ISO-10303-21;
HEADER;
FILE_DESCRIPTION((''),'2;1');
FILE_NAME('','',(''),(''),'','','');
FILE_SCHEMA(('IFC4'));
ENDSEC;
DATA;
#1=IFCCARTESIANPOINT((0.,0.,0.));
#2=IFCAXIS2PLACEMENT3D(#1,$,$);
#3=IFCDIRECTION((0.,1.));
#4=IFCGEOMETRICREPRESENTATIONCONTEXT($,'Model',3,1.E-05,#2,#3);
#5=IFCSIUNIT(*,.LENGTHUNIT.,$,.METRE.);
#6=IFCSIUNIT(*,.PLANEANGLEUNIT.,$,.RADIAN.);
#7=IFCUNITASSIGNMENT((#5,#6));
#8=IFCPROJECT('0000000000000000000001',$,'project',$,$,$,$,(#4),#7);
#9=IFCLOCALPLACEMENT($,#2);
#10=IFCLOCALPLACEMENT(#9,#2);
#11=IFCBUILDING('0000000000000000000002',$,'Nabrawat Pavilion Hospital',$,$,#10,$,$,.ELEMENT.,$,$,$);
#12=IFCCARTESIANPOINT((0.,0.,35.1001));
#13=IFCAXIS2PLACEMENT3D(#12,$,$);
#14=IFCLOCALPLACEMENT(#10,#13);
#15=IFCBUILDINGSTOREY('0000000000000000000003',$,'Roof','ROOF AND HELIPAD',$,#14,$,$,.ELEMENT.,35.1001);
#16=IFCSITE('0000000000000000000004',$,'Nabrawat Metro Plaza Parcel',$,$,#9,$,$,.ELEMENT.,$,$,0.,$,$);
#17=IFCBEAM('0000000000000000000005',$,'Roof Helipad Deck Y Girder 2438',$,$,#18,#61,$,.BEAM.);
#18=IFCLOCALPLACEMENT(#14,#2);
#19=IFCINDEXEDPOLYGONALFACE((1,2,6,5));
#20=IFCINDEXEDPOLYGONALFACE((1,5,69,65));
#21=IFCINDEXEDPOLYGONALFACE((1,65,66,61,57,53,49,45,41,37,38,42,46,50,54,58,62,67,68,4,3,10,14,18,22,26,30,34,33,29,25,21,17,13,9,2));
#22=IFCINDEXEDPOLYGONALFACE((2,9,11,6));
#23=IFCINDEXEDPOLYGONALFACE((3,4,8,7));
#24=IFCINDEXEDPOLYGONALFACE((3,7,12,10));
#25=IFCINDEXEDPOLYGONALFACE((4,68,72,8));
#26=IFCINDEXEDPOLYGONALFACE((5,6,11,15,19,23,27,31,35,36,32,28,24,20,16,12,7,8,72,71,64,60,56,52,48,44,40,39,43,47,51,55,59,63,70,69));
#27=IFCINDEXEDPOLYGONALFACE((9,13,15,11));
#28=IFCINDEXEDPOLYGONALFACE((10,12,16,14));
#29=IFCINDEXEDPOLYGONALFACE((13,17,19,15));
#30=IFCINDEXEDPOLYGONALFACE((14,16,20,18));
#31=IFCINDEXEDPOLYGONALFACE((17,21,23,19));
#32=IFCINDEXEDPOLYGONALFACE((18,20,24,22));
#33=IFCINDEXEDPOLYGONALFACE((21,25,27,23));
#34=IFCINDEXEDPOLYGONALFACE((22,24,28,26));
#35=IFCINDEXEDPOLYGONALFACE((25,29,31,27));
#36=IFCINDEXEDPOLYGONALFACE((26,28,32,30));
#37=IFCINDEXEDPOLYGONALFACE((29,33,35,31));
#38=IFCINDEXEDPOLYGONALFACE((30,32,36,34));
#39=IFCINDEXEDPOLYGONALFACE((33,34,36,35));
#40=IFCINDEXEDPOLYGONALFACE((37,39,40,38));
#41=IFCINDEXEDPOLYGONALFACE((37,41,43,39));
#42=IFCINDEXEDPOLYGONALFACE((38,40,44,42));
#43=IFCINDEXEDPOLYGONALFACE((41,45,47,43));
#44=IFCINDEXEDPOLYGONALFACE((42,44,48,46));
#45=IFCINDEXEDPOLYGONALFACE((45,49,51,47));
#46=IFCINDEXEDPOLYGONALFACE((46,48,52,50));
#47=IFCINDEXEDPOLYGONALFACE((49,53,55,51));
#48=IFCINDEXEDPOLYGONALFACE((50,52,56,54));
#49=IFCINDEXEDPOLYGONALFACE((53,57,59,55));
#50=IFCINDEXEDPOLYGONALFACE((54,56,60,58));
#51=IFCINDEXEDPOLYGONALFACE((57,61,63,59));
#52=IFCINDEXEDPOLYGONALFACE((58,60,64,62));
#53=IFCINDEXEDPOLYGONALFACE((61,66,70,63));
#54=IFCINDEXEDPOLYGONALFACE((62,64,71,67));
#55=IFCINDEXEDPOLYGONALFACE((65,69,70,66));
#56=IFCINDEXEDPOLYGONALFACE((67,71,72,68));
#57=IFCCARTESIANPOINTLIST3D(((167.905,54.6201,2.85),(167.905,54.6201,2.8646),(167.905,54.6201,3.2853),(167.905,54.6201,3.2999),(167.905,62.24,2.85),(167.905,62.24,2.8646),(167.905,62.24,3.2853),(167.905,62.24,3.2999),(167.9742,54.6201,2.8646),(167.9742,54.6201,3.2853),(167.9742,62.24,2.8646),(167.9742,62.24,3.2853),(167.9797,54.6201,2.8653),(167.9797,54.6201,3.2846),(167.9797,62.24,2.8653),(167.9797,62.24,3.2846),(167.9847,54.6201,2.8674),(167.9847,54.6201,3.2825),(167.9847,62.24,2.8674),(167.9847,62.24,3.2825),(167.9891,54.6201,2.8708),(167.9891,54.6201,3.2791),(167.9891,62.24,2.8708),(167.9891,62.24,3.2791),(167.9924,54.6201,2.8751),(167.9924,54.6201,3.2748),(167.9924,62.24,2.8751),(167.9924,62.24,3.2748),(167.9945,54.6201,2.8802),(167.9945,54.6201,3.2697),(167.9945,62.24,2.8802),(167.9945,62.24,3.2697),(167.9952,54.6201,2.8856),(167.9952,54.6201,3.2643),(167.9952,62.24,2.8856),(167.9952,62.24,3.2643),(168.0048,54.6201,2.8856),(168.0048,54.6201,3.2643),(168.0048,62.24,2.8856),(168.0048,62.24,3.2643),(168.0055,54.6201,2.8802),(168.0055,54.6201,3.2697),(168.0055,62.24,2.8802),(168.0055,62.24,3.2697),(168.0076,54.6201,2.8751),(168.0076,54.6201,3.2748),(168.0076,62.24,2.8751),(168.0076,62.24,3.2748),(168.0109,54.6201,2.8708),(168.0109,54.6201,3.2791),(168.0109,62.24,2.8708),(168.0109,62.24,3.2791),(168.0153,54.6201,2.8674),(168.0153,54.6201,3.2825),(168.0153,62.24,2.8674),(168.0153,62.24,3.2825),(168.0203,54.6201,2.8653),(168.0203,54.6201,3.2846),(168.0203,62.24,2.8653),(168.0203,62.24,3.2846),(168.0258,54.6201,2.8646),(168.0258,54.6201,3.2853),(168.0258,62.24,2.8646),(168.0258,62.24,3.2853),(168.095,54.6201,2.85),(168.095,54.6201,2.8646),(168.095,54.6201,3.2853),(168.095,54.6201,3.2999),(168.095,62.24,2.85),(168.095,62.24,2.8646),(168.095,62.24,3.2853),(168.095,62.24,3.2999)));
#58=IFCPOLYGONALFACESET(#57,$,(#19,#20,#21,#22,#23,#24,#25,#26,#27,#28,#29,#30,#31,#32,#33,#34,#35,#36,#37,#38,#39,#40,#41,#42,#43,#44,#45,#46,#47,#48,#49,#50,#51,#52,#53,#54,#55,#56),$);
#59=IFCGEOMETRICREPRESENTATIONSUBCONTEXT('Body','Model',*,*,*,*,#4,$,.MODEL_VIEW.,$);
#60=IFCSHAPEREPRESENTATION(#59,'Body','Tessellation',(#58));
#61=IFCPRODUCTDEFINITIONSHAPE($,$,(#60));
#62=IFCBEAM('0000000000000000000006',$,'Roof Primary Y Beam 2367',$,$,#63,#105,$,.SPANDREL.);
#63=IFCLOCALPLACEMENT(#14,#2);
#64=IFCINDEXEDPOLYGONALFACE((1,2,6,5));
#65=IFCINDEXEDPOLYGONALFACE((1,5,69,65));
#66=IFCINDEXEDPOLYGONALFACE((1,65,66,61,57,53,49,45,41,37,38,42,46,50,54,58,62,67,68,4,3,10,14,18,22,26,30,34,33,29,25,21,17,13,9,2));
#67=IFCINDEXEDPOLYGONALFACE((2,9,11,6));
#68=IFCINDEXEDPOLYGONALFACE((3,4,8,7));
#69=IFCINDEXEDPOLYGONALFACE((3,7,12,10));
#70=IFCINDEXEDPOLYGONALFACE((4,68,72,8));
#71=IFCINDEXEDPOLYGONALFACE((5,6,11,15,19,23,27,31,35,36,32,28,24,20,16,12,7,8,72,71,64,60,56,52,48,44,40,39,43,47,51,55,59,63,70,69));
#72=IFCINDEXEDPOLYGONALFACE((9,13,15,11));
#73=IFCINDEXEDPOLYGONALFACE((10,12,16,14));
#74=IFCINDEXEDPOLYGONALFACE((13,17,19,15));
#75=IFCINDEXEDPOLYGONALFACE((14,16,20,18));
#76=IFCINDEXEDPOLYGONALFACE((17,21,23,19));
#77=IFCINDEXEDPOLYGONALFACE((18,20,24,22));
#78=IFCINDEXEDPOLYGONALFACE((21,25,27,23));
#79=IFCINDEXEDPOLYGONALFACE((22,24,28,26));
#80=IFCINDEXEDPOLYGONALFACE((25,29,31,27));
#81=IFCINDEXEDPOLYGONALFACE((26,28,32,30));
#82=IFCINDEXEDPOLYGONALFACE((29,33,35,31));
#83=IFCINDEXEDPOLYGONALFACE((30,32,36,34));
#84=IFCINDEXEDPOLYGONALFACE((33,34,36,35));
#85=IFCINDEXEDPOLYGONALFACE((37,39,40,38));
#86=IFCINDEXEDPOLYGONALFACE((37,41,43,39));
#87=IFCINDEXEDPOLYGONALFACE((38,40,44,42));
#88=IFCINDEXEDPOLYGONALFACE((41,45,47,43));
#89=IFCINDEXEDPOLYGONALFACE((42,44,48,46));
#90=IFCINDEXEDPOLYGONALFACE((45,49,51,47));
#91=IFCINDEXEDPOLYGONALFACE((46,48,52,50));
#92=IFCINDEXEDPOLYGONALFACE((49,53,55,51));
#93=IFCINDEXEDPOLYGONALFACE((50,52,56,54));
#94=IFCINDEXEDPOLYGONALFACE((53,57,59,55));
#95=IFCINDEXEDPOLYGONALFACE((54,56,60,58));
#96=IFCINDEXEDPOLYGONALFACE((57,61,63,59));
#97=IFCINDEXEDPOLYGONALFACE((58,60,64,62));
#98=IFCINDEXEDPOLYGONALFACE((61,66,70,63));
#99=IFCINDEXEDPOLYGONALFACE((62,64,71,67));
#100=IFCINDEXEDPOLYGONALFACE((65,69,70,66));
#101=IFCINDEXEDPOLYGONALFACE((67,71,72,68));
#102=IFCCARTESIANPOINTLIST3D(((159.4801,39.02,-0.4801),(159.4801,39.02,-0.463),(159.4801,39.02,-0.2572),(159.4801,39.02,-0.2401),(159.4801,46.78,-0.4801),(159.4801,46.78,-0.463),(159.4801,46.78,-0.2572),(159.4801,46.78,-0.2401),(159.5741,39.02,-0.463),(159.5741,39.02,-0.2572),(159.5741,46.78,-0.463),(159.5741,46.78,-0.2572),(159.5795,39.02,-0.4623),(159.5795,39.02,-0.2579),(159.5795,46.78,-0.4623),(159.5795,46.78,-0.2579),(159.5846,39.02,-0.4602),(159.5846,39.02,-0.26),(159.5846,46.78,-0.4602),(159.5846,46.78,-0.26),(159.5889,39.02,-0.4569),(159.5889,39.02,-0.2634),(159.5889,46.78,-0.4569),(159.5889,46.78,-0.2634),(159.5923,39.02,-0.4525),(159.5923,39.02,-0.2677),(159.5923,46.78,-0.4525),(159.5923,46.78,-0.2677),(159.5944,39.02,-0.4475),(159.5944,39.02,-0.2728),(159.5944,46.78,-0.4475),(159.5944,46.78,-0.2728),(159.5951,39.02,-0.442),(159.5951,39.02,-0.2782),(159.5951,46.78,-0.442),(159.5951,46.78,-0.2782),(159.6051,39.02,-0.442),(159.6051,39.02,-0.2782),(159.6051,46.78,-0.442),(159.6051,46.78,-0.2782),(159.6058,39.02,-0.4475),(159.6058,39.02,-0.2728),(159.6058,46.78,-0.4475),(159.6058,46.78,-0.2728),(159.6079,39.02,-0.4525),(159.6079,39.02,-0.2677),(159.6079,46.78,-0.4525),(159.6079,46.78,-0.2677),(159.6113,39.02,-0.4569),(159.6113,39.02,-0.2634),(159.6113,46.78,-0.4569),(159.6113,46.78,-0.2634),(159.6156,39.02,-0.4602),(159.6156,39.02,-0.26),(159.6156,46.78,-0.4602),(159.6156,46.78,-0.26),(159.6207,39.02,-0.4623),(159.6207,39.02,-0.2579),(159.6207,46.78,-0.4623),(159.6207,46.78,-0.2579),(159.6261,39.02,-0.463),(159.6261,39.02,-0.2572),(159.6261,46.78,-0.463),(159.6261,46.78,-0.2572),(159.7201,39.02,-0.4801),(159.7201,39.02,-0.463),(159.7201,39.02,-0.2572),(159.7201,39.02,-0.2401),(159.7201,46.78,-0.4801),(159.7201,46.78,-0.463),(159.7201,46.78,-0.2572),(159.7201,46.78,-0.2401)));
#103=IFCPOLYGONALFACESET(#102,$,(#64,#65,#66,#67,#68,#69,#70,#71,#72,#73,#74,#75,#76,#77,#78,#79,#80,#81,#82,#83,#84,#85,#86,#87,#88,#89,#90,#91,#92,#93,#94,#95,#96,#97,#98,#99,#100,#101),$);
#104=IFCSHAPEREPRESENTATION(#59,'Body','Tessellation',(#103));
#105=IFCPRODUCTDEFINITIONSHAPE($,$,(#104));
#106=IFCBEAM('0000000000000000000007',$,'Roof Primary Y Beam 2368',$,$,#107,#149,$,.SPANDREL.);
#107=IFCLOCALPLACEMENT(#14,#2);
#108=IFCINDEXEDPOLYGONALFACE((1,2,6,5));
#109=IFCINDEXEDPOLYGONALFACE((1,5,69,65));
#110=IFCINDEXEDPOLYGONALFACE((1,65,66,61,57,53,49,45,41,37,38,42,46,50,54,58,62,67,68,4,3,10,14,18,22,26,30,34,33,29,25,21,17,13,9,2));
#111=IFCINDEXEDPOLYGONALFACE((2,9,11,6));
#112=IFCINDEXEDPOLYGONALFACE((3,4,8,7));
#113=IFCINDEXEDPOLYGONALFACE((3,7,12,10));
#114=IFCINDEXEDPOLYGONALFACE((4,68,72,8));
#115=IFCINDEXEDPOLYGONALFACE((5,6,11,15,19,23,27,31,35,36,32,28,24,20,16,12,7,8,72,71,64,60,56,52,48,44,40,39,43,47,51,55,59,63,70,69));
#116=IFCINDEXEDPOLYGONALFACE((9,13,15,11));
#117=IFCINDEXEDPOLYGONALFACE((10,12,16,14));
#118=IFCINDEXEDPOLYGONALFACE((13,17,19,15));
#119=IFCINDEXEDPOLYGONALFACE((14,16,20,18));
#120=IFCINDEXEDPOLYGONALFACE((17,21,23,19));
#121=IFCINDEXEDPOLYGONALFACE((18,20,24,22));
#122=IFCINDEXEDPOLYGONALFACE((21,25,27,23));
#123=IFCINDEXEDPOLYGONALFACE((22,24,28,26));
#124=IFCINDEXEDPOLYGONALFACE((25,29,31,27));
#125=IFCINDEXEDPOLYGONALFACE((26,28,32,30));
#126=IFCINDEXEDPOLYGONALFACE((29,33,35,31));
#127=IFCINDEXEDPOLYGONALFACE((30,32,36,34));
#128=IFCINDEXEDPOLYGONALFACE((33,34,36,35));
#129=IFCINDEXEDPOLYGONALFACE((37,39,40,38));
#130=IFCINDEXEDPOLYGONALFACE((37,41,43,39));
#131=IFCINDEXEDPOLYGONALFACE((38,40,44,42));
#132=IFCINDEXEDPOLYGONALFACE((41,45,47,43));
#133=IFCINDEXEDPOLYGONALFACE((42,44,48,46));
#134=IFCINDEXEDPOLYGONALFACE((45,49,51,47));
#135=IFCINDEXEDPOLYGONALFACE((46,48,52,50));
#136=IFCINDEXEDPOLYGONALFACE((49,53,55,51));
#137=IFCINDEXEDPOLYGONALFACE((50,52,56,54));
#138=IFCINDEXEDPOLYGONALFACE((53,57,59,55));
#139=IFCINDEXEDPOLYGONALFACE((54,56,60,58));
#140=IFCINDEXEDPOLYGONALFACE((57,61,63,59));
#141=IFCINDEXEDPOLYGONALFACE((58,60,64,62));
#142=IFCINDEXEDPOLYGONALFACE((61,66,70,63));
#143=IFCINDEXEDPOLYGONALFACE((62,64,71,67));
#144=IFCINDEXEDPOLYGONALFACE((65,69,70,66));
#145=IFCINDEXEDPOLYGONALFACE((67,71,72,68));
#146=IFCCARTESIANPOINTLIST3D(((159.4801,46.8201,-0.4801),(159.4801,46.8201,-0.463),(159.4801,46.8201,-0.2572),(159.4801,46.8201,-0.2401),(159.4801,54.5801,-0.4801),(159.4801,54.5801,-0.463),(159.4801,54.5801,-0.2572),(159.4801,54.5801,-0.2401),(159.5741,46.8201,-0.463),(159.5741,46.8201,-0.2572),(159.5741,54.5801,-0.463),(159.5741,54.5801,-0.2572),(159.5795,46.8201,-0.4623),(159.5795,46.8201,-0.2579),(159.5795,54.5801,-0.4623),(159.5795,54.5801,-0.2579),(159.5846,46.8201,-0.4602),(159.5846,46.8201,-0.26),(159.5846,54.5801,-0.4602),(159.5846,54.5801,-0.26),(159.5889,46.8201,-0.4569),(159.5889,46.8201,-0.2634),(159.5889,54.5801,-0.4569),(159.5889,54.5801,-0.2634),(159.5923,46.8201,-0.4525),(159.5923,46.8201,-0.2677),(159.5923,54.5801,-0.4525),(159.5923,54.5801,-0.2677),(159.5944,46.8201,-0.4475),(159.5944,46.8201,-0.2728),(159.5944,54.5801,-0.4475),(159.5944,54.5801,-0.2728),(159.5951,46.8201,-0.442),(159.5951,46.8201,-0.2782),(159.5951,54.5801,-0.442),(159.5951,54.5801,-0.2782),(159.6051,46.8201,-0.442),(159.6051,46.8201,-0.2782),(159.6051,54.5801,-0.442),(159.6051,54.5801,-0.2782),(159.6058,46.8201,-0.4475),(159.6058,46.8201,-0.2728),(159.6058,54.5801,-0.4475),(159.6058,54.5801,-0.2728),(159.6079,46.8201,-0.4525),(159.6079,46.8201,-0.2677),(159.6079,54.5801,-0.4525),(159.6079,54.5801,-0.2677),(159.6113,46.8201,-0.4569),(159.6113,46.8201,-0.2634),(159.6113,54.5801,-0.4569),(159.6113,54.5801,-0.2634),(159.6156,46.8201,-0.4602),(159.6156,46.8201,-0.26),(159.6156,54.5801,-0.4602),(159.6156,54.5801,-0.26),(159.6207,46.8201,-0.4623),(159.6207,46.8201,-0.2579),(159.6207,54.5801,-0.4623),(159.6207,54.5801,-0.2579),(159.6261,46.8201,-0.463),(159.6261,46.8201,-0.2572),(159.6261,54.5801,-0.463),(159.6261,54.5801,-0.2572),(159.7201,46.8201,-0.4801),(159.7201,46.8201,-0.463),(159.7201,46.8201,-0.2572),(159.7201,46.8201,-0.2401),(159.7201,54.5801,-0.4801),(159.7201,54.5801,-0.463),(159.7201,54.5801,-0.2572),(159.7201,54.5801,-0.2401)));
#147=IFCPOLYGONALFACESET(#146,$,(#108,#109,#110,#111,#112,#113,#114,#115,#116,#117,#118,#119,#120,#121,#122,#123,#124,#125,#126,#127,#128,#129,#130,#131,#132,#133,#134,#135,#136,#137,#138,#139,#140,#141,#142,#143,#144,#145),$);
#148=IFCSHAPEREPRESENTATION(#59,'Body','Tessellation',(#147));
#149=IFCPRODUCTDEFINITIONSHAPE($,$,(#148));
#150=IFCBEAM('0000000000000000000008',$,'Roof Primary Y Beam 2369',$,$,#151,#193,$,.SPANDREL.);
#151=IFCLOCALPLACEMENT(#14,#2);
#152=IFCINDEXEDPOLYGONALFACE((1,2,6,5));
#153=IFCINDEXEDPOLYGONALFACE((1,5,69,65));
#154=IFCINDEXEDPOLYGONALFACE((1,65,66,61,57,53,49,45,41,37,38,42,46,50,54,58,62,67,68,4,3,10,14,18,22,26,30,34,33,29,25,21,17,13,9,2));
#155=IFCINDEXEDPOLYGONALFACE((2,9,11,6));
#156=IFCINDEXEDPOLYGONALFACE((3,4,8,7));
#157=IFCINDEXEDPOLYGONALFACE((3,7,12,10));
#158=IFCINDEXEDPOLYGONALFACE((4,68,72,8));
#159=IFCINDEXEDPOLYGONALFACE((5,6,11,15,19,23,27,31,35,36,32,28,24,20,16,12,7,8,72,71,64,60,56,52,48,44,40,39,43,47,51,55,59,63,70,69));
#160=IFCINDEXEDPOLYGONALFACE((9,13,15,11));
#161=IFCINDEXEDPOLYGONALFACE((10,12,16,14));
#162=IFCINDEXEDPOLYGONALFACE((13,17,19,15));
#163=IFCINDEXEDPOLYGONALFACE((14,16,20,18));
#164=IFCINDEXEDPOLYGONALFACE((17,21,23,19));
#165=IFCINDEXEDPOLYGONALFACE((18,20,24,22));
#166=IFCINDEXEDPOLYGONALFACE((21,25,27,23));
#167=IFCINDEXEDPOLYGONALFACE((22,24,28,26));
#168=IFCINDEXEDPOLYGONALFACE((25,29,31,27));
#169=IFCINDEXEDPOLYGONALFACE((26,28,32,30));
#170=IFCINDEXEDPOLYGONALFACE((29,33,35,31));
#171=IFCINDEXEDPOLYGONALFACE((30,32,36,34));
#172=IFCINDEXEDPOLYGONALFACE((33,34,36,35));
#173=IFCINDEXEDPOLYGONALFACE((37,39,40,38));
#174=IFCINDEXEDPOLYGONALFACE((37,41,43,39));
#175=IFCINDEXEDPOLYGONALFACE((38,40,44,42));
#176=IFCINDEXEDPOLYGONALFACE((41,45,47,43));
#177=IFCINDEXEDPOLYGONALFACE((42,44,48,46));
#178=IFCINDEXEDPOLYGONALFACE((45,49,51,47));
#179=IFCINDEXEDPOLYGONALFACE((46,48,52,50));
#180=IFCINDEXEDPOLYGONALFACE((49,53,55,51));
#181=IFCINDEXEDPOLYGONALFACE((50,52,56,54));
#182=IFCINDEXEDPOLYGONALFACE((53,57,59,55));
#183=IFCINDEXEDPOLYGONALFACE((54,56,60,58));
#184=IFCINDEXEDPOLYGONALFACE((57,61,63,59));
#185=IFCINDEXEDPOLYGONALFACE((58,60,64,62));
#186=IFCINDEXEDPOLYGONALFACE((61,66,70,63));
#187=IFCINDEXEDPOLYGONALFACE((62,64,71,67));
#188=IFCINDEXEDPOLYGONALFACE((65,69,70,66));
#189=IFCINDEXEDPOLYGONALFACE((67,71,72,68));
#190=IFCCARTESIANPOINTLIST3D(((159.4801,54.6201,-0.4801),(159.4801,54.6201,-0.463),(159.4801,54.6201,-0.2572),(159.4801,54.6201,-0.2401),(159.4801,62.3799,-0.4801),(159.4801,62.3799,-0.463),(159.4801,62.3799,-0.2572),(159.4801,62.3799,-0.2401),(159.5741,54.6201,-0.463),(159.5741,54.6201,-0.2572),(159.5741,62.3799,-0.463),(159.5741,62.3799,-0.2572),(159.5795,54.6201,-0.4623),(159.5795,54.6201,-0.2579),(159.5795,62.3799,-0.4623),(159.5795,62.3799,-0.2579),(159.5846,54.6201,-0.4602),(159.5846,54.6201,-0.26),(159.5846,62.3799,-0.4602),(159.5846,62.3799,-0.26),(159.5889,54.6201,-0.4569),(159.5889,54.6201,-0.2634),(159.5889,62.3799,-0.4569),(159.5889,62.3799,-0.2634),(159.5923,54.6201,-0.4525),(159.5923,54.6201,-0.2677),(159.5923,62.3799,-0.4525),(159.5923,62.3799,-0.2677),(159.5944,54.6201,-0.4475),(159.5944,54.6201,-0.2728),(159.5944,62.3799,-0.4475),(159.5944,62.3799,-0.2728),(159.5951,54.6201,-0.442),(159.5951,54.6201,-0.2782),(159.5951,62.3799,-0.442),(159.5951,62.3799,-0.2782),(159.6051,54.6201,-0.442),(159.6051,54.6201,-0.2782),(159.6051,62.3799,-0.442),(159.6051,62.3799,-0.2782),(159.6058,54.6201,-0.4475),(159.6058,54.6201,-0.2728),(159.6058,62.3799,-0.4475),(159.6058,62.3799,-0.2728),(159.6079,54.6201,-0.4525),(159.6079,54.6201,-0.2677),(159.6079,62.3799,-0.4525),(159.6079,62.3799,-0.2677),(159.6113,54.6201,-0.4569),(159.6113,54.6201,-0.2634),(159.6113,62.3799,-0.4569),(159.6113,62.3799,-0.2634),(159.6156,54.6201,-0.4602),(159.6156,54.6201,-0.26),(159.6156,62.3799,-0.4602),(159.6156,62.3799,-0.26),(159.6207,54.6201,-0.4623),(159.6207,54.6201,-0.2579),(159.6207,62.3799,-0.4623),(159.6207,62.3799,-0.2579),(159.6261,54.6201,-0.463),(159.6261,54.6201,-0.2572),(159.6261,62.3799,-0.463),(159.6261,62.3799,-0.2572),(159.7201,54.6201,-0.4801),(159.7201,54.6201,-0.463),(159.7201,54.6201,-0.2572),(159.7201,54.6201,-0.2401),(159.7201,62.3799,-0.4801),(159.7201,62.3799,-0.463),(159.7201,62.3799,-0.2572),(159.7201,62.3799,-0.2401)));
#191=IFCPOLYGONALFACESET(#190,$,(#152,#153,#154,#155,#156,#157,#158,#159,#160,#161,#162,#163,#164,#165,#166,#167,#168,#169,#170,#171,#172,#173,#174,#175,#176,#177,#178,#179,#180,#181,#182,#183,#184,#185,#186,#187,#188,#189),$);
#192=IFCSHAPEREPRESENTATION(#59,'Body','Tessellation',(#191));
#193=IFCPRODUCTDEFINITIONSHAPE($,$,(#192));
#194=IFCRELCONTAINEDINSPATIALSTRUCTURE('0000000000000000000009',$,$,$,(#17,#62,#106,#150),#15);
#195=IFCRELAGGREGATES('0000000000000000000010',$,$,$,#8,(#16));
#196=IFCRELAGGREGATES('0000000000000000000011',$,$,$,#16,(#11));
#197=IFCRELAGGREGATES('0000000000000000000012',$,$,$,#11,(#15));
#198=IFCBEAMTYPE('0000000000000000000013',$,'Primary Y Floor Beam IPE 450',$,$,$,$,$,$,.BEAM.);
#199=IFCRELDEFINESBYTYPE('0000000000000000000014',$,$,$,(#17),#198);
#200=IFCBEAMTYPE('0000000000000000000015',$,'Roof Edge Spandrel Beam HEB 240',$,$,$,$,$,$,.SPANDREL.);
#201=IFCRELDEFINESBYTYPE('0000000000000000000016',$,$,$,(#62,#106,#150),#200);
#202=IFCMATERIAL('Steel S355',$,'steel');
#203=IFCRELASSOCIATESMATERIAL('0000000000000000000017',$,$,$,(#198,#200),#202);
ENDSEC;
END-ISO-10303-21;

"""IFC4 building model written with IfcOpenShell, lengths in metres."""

from ifc_helpers import new_model, si_unit, direction, frame, origin, origin_2d, place, context, subcontext, project, spatial, i_section, extrude, material, material_profile, profile_set, type_object, element, save


model = new_model("IFC4")

# Units and contexts
model_context = context("Model", 3, precision=1e-05, world=origin(), true_north=direction((0.0, 1.0)))
body_context = subcontext(model_context, "Body", "Model", "MODEL_VIEW")
ifc_project = project(units=[si_unit("LENGTHUNIT", "METRE"), si_unit("PLANEANGLEUNIT", "RADIAN")], contexts=[model_context])

# Site, building, storey
site_placement = place(None, origin())
site = spatial("IfcSite", under=ifc_project, at=site_placement, Name="Nabrawat Metro Plaza Parcel", CompositionType="ELEMENT", RefElevation=0.0)
building_placement = place(site_placement, origin())
building = spatial("IfcBuilding", under=site, at=building_placement, Name="Nabrawat Pavilion Hospital", CompositionType="ELEMENT")
storey_placement = place(building_placement, frame((0.0, 0.0, 35.1001)))
storey = spatial("IfcBuildingStorey", under=building, at=storey_placement, Name="Roof", Description="ROOF AND HELIPAD", CompositionType="ELEMENT", Elevation=35.1001)

# Shared definitions
ifc_material_1 = material(Name="Steel S355", Category="steel")

# Beams
ifc_material_profile_1 = material_profile(ifc_material_1, i_section(OverallWidth=0.1899, OverallDepth=0.45, WebThickness=0.0095, FlangeThickness=0.0146, FilletRadius=0.021, at=origin_2d()), Name="IPE 450")
ifc_profile_set_1 = profile_set([ifc_material_profile_1], Name="Steel S355")
beam_type_1 = type_object("IfcBeamType", Name="Primary Y Floor Beam IPE 450", PredefinedType="BEAM", material=ifc_profile_set_1)
beam_1_placement = place(storey_placement, frame((168.0, 54.6201, 3.075), z_axis=(0.0, 1.0, 0.0), x_axis=(-1.0, 0.0, 0.0)))
element("IfcBeam", 1, at=beam_1_placement, inside=storey, type_object=beam_type_1, Name="Roof Helipad Deck Y Girder 2438", PredefinedType="BEAM", context=body_context, shape_type="SweptSolid", body=[
    extrude(i_section(OverallWidth=0.1899, OverallDepth=0.45, WebThickness=0.0095, FlangeThickness=0.0146, FilletRadius=0.021, at=origin_2d()), origin(), (0.0, 0.0, 1.0), 7.6199),
])
ifc_material_profile_2 = material_profile(ifc_material_1, i_section(OverallWidth=0.24, OverallDepth=0.24, WebThickness=0.01, FlangeThickness=0.0171, FilletRadius=0.021, at=origin_2d()), Name="HEB 240")
ifc_profile_set_2 = profile_set([ifc_material_profile_2], Name="Steel S355")
beam_type_2 = type_object("IfcBeamType", Name="Roof Edge Spandrel Beam HEB 240", PredefinedType="SPANDREL", material=ifc_profile_set_2)
for number, where, z_axis, x_axis, name in (
    (2, (159.6001, 39.02, -0.3601), (0.0, 1.0, 0.0), (-1.0, 0.0, 0.0), "Roof Primary Y Beam 2367"),
    (3, (159.6001, 46.8201, -0.3601), (0.0, 1.0, 0.0), (-1.0, 0.0, 0.0), "Roof Primary Y Beam 2368"),
):
    element("IfcBeam", number, at=place(storey_placement, frame(where, z_axis=z_axis, x_axis=x_axis)), inside=storey, type_object=beam_type_2, Name=name, PredefinedType="SPANDREL", context=body_context, shape_type="SweptSolid", body=[
        extrude(i_section(OverallWidth=0.24, OverallDepth=0.24, WebThickness=0.01, FlangeThickness=0.0171, FilletRadius=0.021, at=origin_2d()), origin(), (0.0, 0.0, 1.0), 7.76),
    ])
beam_2_placement = place(storey_placement, frame((159.6001, 54.6201, -0.3601), z_axis=(0.0, 1.0, 0.0), x_axis=(-1.0, 0.0, 0.0)))
element("IfcBeam", 4, at=beam_2_placement, inside=storey, type_object=beam_type_2, Name="Roof Primary Y Beam 2369", PredefinedType="SPANDREL", context=body_context, shape_type="SweptSolid", body=[
    extrude(i_section(OverallWidth=0.24, OverallDepth=0.24, WebThickness=0.01, FlangeThickness=0.0171, FilletRadius=0.021, at=origin_2d()), origin(), (0.0, 0.0, 1.0), 7.7598),
])

save(model, "model.ifc")
